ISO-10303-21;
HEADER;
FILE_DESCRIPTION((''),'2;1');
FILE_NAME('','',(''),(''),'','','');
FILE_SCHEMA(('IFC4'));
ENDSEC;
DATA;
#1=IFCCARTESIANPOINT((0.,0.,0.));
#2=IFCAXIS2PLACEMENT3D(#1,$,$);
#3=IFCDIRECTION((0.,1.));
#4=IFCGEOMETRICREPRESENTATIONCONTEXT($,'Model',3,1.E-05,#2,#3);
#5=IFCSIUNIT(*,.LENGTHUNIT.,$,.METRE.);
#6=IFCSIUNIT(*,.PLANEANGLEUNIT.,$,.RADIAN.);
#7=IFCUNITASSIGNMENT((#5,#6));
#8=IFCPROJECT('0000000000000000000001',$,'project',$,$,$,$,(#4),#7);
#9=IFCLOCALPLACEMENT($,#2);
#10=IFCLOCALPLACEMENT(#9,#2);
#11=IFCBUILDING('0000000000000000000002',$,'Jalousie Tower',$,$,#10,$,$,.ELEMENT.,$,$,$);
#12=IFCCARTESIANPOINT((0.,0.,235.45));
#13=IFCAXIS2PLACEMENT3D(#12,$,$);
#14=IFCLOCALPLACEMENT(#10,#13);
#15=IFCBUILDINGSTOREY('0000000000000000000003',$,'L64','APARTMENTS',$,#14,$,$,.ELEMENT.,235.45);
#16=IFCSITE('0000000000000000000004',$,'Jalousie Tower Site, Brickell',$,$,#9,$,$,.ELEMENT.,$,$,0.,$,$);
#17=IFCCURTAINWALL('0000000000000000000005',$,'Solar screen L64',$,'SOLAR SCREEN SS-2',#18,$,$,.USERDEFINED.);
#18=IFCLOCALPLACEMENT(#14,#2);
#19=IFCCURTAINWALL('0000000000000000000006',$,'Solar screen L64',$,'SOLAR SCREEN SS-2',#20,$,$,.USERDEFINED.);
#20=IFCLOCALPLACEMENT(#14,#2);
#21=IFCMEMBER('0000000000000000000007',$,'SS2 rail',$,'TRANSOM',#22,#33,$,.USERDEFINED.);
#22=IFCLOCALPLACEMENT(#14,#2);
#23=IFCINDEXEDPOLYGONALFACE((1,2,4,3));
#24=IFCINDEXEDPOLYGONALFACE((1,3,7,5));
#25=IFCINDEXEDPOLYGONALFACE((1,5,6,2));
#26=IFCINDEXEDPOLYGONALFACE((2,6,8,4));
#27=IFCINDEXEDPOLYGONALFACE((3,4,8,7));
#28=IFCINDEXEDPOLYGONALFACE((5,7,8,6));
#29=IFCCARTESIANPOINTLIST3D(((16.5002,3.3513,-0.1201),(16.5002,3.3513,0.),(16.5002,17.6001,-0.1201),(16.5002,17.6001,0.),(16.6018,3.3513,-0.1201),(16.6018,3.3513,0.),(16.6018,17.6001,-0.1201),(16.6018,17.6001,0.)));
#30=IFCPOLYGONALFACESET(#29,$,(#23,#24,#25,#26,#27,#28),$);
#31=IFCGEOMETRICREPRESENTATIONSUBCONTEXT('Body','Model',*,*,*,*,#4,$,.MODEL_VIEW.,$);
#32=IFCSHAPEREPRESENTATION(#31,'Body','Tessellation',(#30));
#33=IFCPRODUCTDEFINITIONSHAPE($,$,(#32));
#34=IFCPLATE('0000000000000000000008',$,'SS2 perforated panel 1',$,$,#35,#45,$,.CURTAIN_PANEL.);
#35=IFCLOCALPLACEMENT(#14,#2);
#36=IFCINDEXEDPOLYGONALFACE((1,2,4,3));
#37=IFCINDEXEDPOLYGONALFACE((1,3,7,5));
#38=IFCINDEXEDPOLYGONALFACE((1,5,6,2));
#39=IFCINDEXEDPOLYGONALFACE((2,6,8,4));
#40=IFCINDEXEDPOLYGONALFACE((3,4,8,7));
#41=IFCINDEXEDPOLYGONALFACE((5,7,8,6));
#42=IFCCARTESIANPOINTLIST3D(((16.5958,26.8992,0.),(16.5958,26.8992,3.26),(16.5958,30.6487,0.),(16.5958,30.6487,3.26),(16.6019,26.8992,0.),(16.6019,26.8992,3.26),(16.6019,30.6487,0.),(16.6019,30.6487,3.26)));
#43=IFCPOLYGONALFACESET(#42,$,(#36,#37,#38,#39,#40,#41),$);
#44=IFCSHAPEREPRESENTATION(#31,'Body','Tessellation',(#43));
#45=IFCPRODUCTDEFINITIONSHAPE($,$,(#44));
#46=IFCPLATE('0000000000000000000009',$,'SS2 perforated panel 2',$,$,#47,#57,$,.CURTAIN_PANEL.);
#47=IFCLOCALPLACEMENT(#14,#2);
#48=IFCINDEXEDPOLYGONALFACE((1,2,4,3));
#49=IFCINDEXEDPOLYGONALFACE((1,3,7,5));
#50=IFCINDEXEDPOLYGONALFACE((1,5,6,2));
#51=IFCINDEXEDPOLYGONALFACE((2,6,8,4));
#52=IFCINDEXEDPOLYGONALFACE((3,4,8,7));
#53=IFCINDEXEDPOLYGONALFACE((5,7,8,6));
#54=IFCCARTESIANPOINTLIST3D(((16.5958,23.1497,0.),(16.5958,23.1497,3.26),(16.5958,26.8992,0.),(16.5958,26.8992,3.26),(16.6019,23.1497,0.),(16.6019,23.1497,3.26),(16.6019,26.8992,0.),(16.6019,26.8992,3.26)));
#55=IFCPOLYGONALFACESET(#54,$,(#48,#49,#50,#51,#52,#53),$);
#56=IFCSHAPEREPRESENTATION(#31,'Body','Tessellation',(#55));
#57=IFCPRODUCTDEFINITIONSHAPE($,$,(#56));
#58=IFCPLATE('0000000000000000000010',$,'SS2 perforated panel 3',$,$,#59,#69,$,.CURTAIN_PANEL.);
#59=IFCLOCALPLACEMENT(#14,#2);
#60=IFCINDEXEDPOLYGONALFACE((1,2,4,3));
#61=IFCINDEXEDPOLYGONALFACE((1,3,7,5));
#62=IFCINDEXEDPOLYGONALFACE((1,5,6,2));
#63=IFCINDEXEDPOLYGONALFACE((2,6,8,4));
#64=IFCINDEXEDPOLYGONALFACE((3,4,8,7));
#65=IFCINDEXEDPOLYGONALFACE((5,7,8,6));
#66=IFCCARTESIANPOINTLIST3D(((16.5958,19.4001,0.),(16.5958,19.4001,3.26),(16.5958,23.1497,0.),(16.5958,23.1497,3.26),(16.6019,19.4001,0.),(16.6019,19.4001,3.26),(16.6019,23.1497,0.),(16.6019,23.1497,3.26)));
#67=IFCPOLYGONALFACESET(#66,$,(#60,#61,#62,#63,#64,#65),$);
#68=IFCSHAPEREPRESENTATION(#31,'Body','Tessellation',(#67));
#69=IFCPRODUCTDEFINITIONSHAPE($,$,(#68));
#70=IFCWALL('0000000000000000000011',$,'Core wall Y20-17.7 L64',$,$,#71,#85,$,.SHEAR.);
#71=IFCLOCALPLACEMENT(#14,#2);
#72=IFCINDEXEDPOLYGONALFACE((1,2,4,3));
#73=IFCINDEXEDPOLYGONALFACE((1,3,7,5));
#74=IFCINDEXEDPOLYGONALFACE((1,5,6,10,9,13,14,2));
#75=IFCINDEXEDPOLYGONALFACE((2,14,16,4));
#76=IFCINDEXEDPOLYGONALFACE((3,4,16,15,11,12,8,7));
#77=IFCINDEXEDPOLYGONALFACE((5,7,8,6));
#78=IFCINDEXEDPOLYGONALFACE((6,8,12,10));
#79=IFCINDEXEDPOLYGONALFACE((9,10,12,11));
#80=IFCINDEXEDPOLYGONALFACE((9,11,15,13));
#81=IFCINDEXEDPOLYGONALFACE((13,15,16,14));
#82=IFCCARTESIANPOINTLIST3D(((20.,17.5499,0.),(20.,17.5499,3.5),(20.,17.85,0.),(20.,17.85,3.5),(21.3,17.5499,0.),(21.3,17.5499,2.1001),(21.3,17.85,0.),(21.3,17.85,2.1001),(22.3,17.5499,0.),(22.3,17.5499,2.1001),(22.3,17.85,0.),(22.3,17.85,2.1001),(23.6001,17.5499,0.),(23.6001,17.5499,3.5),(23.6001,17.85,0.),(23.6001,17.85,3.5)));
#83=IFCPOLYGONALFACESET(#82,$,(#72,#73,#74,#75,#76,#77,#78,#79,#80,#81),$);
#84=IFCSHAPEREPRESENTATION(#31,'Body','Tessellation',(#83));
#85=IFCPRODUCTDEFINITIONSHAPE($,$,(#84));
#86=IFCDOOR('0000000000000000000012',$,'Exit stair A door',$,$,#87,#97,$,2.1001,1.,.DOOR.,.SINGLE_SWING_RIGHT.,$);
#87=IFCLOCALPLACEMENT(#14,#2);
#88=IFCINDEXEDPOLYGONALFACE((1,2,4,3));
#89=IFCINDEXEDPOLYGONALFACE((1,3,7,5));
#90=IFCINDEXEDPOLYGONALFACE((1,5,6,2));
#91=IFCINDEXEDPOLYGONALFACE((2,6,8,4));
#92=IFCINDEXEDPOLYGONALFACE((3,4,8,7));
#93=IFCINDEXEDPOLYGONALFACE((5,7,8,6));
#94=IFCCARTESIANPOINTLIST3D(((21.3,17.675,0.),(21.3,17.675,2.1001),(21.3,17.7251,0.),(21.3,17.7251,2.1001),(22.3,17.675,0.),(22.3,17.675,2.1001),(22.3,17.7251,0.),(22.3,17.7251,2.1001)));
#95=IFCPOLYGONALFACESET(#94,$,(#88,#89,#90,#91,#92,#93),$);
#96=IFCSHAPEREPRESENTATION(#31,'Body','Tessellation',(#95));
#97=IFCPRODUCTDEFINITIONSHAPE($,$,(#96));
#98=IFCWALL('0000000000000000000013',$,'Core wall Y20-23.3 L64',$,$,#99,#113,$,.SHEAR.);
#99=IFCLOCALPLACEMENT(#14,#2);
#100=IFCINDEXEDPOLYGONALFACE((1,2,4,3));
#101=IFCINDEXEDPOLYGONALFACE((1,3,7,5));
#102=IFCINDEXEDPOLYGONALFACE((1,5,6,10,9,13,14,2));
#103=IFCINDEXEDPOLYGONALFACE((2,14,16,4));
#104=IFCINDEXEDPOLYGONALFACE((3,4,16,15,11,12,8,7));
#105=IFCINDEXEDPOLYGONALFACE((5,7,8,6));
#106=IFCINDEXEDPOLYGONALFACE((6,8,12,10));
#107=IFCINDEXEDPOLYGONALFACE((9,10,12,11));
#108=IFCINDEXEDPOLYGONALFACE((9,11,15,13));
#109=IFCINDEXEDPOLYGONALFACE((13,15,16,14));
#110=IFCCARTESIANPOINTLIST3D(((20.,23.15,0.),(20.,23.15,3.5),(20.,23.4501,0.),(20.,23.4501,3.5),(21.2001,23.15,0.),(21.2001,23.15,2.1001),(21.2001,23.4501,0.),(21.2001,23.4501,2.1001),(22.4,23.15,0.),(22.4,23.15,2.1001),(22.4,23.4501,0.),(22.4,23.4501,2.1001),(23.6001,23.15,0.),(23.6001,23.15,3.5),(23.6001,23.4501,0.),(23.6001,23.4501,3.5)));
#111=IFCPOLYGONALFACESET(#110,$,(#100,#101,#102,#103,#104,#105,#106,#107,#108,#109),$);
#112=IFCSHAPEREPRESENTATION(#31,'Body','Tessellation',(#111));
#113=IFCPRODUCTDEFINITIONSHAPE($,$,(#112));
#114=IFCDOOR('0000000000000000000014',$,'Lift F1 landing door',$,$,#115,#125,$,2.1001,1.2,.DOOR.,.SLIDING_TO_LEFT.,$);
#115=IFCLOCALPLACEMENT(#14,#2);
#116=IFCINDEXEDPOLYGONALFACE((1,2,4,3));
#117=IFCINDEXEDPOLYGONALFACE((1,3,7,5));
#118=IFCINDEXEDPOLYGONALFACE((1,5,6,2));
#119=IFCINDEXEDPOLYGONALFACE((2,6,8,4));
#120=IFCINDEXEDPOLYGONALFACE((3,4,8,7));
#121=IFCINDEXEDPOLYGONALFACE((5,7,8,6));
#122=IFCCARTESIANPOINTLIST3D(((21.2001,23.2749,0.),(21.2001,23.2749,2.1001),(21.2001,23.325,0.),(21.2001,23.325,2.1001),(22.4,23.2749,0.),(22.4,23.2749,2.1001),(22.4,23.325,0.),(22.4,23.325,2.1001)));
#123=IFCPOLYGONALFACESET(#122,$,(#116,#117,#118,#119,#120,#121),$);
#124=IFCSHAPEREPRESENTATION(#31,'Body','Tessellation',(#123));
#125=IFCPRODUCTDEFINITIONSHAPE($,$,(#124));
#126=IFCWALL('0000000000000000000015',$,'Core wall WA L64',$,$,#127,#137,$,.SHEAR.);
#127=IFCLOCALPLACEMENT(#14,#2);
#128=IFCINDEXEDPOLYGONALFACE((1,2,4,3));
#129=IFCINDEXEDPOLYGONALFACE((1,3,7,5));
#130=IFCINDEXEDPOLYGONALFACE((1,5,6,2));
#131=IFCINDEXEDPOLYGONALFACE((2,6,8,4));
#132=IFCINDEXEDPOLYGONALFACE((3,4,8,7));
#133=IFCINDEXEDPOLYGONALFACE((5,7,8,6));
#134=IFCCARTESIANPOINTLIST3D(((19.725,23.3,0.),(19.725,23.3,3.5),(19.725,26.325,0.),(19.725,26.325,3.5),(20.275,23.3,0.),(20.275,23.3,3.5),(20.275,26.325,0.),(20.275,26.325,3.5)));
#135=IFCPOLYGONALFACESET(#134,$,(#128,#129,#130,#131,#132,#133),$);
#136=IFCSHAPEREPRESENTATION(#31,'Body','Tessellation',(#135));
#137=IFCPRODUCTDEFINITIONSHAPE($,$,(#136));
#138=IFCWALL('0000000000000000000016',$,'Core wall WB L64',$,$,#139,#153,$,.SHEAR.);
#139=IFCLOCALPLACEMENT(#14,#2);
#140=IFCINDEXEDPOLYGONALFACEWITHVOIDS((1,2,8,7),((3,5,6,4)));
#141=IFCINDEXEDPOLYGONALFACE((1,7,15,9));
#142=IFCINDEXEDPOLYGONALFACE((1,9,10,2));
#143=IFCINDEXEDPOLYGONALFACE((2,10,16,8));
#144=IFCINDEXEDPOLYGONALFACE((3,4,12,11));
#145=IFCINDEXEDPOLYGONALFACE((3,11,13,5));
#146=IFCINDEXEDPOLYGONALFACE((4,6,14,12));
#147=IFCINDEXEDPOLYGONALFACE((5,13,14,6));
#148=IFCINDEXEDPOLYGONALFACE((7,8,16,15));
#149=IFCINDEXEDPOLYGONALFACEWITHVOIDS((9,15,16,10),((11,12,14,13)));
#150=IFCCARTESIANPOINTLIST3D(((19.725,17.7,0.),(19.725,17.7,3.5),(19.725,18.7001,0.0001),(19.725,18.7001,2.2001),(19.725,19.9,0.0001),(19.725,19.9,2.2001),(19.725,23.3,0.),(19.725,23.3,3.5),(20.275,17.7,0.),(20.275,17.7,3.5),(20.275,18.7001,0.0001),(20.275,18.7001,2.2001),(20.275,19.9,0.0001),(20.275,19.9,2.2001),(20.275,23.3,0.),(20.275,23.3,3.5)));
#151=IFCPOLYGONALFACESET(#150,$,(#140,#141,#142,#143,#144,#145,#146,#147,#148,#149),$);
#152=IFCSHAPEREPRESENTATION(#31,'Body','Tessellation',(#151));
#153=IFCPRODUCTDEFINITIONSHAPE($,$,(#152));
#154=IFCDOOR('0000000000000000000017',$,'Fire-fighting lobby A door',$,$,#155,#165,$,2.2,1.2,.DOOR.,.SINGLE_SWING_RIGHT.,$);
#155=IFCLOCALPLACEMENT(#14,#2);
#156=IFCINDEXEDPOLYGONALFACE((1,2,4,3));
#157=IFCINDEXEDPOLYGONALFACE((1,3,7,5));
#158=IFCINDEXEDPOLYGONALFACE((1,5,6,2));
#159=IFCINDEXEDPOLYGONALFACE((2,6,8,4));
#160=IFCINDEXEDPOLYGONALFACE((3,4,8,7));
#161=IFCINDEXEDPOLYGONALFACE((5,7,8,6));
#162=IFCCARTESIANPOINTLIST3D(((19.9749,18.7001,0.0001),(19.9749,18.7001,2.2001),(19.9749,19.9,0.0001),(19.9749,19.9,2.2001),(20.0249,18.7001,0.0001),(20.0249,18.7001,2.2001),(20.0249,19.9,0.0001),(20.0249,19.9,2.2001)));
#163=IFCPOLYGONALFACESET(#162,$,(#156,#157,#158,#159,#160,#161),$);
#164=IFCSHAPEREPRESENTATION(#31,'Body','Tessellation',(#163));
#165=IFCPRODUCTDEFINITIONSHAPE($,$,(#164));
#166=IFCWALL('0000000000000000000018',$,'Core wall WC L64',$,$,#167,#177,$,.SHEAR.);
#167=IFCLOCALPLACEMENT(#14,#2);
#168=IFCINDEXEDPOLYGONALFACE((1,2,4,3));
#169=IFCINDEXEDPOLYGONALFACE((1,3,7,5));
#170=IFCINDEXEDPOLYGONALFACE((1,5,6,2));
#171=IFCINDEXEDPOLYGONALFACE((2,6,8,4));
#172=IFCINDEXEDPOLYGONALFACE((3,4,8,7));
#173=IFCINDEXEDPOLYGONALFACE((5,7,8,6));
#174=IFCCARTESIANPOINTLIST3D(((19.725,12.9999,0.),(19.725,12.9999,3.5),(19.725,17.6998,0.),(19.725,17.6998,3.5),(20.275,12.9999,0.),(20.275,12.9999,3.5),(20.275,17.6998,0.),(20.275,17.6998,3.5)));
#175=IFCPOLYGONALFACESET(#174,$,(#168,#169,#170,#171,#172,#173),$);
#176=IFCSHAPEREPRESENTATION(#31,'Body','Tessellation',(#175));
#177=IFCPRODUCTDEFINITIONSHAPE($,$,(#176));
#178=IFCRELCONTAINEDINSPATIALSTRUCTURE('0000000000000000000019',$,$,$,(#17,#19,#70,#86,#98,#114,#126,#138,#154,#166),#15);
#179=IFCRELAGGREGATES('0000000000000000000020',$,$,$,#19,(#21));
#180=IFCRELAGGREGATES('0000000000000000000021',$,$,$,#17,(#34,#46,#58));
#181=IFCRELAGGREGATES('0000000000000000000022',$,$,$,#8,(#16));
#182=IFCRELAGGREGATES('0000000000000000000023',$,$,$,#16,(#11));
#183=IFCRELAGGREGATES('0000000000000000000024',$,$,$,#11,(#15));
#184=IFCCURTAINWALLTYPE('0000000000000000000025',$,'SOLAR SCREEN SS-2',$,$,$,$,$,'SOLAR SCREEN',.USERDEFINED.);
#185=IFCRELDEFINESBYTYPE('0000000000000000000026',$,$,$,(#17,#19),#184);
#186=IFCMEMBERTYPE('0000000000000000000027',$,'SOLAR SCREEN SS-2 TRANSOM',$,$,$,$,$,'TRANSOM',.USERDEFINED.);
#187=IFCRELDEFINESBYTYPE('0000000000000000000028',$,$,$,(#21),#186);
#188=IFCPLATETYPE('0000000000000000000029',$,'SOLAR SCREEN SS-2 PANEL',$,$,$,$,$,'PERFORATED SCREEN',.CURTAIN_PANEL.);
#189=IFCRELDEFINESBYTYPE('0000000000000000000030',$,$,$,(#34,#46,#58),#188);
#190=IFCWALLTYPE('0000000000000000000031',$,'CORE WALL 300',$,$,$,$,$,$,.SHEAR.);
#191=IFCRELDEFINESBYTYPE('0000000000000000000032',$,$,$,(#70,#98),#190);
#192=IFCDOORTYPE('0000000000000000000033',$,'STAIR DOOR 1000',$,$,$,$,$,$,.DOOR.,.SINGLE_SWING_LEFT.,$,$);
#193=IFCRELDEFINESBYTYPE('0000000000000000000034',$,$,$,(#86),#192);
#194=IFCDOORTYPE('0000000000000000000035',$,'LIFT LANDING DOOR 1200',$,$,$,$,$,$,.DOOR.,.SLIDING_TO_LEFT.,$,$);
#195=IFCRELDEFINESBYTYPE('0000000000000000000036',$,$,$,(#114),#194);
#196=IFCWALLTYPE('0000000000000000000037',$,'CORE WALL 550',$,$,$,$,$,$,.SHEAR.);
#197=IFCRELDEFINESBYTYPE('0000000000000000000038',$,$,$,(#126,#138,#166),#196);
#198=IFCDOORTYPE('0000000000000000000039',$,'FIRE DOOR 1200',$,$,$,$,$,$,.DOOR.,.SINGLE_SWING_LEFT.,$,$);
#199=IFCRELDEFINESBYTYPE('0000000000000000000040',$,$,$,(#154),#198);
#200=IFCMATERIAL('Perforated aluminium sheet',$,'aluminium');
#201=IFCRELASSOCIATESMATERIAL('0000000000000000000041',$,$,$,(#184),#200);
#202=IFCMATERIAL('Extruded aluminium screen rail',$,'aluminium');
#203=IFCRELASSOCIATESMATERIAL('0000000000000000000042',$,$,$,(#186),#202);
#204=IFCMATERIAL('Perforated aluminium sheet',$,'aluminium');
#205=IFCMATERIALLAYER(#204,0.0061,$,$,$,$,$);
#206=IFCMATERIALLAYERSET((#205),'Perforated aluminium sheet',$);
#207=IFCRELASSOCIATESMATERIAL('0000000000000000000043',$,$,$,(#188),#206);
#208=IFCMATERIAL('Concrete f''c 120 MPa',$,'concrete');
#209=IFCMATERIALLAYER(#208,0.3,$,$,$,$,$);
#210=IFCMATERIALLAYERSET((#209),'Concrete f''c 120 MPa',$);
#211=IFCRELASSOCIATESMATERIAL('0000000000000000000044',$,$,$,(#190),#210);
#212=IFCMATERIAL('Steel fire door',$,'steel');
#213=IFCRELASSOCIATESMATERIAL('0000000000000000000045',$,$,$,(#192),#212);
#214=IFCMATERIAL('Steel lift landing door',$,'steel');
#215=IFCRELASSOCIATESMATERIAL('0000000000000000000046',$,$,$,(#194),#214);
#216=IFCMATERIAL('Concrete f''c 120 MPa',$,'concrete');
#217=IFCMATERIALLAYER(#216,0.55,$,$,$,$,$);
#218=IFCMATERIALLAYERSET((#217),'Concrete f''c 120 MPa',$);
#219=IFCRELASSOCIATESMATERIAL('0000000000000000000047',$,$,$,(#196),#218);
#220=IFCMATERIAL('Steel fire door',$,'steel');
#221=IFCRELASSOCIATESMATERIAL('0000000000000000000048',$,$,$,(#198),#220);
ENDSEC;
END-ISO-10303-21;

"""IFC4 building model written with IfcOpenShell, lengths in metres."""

from ifc_helpers import new_model, si_unit, direction, frame, frame_2d, origin, origin_2d, place, context, subcontext, project, spatial, rectangle, extrude, material, layer, layer_set, material_profile, profile_set, type_object, element, fill, aggregate, save


model = new_model("IFC4")

# Units and contexts
model_context = context("Model", 3, precision=1e-05, world=origin(), true_north=direction((0.0, 1.0)))
body_context = subcontext(model_context, "Body", "Model", "MODEL_VIEW")
ifc_project = project(units=[si_unit("LENGTHUNIT", "METRE"), si_unit("PLANEANGLEUNIT", "RADIAN")], contexts=[model_context])

# Site, building, storey
site_placement = place(None, origin())
site = spatial("IfcSite", under=ifc_project, at=site_placement, Name="Jalousie Tower Site, Brickell", CompositionType="ELEMENT", RefElevation=0.0)
building_placement = place(site_placement, origin())
building = spatial("IfcBuilding", under=site, at=building_placement, Name="Jalousie Tower", CompositionType="ELEMENT")
storey_placement = place(building_placement, frame((0.0, 0.0, 235.45)))
storey = spatial("IfcBuildingStorey", under=building, at=storey_placement, Name="L64", Description="APARTMENTS", CompositionType="ELEMENT", Elevation=235.45)

# Curtain walls, member
ifc_material_1 = material(Name="Perforated aluminium sheet", Category="aluminium")
curtain_wall_type = type_object("IfcCurtainWallType", Name="SOLAR SCREEN SS-2", ElementType="SOLAR SCREEN", PredefinedType="USERDEFINED", material=ifc_material_1)
curtain_wall_1_placement = place(storey_placement, origin())
curtain_wall_1 = element("IfcCurtainWall", 1, at=curtain_wall_1_placement, inside=storey, type_object=curtain_wall_type, Name="Solar screen L64", ObjectType="SOLAR SCREEN SS-2", PredefinedType="USERDEFINED")
curtain_wall_2_placement = place(storey_placement, origin())
curtain_wall_2 = element("IfcCurtainWall", 2, at=curtain_wall_2_placement, inside=storey, type_object=curtain_wall_type, Name="Solar screen L64", ObjectType="SOLAR SCREEN SS-2", PredefinedType="USERDEFINED")
ifc_material_2 = material(Name="Extruded aluminium screen rail", Category="aluminium")
ifc_material_profile_1 = material_profile(ifc_material_2, rectangle(XDim=0.1016, YDim=0.1201, at=origin_2d()), Name="RAIL 102x120")
ifc_profile_set_1 = profile_set([ifc_material_profile_1], Name="Extruded aluminium screen rail")
member_type_1 = type_object("IfcMemberType", Name="SOLAR SCREEN SS-2 TRANSOM", ElementType="TRANSOM", PredefinedType="USERDEFINED", material=ifc_profile_set_1)
member_1_placement = place(storey_placement, frame((16.551, 17.6001, -0.0601), z_axis=(0.0, -1.0, 0.0), x_axis=(1.0, 0.0, 0.0)))
member_1 = element("IfcMember", 3, at=member_1_placement, type_object=member_type_1, Name="SS2 rail", ObjectType="TRANSOM", PredefinedType="USERDEFINED", context=body_context, shape_type="SweptSolid", body=[
    extrude(rectangle(XDim=0.1016, YDim=0.1201, at=origin_2d()), origin(), (0.0, 0.0, 1.0), 14.2488),
])
aggregate(curtain_wall_2, [member_1])

# Plates
ifc_material_3 = material(Name="Perforated aluminium sheet", Category="aluminium")
ifc_layer_1 = layer(ifc_material_3, 0.0061)
ifc_layer_set_1 = layer_set([ifc_layer_1], Name="Perforated aluminium sheet")
plate_type = type_object("IfcPlateType", Name="SOLAR SCREEN SS-2 PANEL", ElementType="PERFORATED SCREEN", PredefinedType="CURTAIN_PANEL", material=ifc_layer_set_1)
plate_1_placement = place(storey_placement, frame((16.5989, 28.7739, 0.0), z_axis=(0.0, 0.0, 1.0), x_axis=(0.0, -1.0, 0.0)))
plate_1 = element("IfcPlate", 4, at=plate_1_placement, type_object=plate_type, Name="SS2 perforated panel 1", PredefinedType="CURTAIN_PANEL", context=body_context, shape_type="SweptSolid", body=[
    extrude(rectangle(XDim=3.7495, YDim=0.0061, at=origin_2d()), origin(), (0.0, 0.0, 1.0), 3.26),
])
plate_2_placement = place(storey_placement, frame((16.5989, 25.0244, 0.0), z_axis=(0.0, 0.0, 1.0), x_axis=(0.0, -1.0, 0.0)))
plate_2 = element("IfcPlate", 5, at=plate_2_placement, type_object=plate_type, Name="SS2 perforated panel 2", PredefinedType="CURTAIN_PANEL", context=body_context, shape_type="SweptSolid", body=[
    extrude(rectangle(XDim=3.7495, YDim=0.0061, at=origin_2d()), origin(), (0.0, 0.0, 1.0), 3.26),
])
plate_3_placement = place(storey_placement, frame((16.5989, 21.2749, 0.0), z_axis=(0.0, 0.0, 1.0), x_axis=(0.0, -1.0, 0.0)))
plate_3 = element("IfcPlate", 6, at=plate_3_placement, type_object=plate_type, Name="SS2 perforated panel 3", PredefinedType="CURTAIN_PANEL", context=body_context, shape_type="SweptSolid", body=[
    extrude(rectangle(XDim=3.7495, YDim=0.0061, at=origin_2d()), origin(), (0.0, 0.0, 1.0), 3.26),
])
aggregate(curtain_wall_1, [plate_1, plate_2, plate_3])

# Walls, openings, doors
ifc_material_4 = material(Name="Concrete f'c 120 MPa", Category="concrete")
ifc_layer_2 = layer(ifc_material_4, 0.3)
ifc_layer_set_2 = layer_set([ifc_layer_2], Name="Concrete f'c 120 MPa")
wall_type_1 = type_object("IfcWallType", Name="CORE WALL 300", PredefinedType="SHEAR", material=ifc_layer_set_2)
wall_1_placement = place(storey_placement, frame((20.0, 17.7, 0.0), z_axis=(0.0, 0.0, 1.0), x_axis=(1.0, 0.0, 0.0)))
wall_1 = element("IfcWall", 7, at=wall_1_placement, inside=storey, type_object=wall_type_1, Name="Core wall Y20-17.7 L64", PredefinedType="SHEAR", context=body_context, shape_type="SweptSolid", body=[
    extrude(rectangle(XDim=3.6001, YDim=0.3, at=frame_2d((1.8, 0.0))), origin(), (0.0, 0.0, 1.0), 3.5),
])
opening_1_placement = place(wall_1_placement, frame((1.3, 0.0, 0.0)))
opening_1 = element("IfcOpeningElement", 8, at=opening_1_placement, cuts=wall_1, PredefinedType="OPENING", context=body_context, shape_type="SweptSolid", body=[
    extrude(rectangle(XDim=1.0, YDim=2.1001, at=frame_2d((0.5, 1.05))), frame((0.0, 0.1599, 0.0), z_axis=(0.0, -1.0, 0.0), x_axis=(1.0, 0.0, 0.0)), (0.0, 0.0, 1.0), 0.3201),
])
ifc_material_5 = material(Name="Steel fire door", Category="steel")
door_type_1 = type_object("IfcDoorType", Name="STAIR DOOR 1000", OperationType="SINGLE_SWING_LEFT", PredefinedType="DOOR", material=ifc_material_5)
door_1_placement = place(opening_1_placement, frame((1.0, 0.0, 0.0), z_axis=(0.0, 0.0, 1.0), x_axis=(-1.0, 0.0, 0.0)))
door_1 = element("IfcDoor", 9, at=door_1_placement, inside=storey, type_object=door_type_1, Name="Exit stair A door", OperationType="SINGLE_SWING_RIGHT", OverallHeight=2.1001, OverallWidth=1.0, PredefinedType="DOOR", context=body_context, shape_type="SweptSolid", body=[
    extrude(rectangle(XDim=1.0, YDim=2.1001, at=frame_2d((0.5, 1.05))), frame((0.0, 0.0249, 0.0), z_axis=(0.0, -1.0, 0.0), x_axis=(1.0, 0.0, 0.0)), (0.0, 0.0, 1.0), 0.05),
])
fill(opening_1, door_1)
wall_2_placement = place(storey_placement, frame((20.0, 23.3, 0.0), z_axis=(0.0, 0.0, 1.0), x_axis=(1.0, 0.0, 0.0)))
wall_2 = element("IfcWall", 10, at=wall_2_placement, inside=storey, type_object=wall_type_1, Name="Core wall Y20-23.3 L64", PredefinedType="SHEAR", context=body_context, shape_type="SweptSolid", body=[
    extrude(rectangle(XDim=3.6001, YDim=0.3, at=frame_2d((1.8, 0.0))), origin(), (0.0, 0.0, 1.0), 3.5),
])
opening_2_placement = place(wall_2_placement, frame((1.2, 0.0, 0.0)))
opening_2 = element("IfcOpeningElement", 11, at=opening_2_placement, cuts=wall_2, PredefinedType="OPENING", context=body_context, shape_type="SweptSolid", body=[
    extrude(rectangle(XDim=1.2, YDim=2.1001, at=frame_2d((0.6001, 1.05))), frame((0.0, 0.1599, 0.0), z_axis=(0.0, -1.0, 0.0), x_axis=(1.0, 0.0, 0.0)), (0.0, 0.0, 1.0), 0.3201),
])
ifc_material_6 = material(Name="Steel lift landing door", Category="steel")
door_type_2 = type_object("IfcDoorType", Name="LIFT LANDING DOOR 1200", OperationType="SLIDING_TO_LEFT", PredefinedType="DOOR", material=ifc_material_6)
door_2_placement = place(opening_2_placement, origin())
door_2 = element("IfcDoor", 12, at=door_2_placement, inside=storey, type_object=door_type_2, Name="Lift F1 landing door", OperationType="SLIDING_TO_LEFT", OverallHeight=2.1001, OverallWidth=1.2, PredefinedType="DOOR", context=body_context, shape_type="SweptSolid", body=[
    extrude(rectangle(XDim=1.2, YDim=2.1001, at=frame_2d((0.6001, 1.05))), frame((0.0, 0.0249, 0.0), z_axis=(0.0, -1.0, 0.0), x_axis=(1.0, 0.0, 0.0)), (0.0, 0.0, 1.0), 0.05),
])
fill(opening_2, door_2)

# Wall
ifc_material_7 = material(Name="Concrete f'c 120 MPa", Category="concrete")
ifc_layer_3 = layer(ifc_material_7, 0.55)
ifc_layer_set_3 = layer_set([ifc_layer_3], Name="Concrete f'c 120 MPa")
wall_type_2 = type_object("IfcWallType", Name="CORE WALL 550", PredefinedType="SHEAR", material=ifc_layer_set_3)
wall_3_placement = place(storey_placement, frame((20.0, 26.325, 0.0), z_axis=(0.0, 0.0, 1.0), x_axis=(0.0, -1.0, 0.0)))
element("IfcWall", 13, at=wall_3_placement, inside=storey, type_object=wall_type_2, Name="Core wall WA L64", PredefinedType="SHEAR", context=body_context, shape_type="SweptSolid", body=[
    extrude(rectangle(XDim=3.0249, YDim=0.55, at=frame_2d((1.5125, 0.0))), origin(), (0.0, 0.0, 1.0), 3.5),
])

# Wall, opening, door
wall_4_placement = place(storey_placement, frame((20.0, 23.3, 0.0), z_axis=(0.0, 0.0, 1.0), x_axis=(0.0, -1.0, 0.0)))
wall_4 = element("IfcWall", 14, at=wall_4_placement, inside=storey, type_object=wall_type_2, Name="Core wall WB L64", PredefinedType="SHEAR", context=body_context, shape_type="SweptSolid", body=[
    extrude(rectangle(XDim=5.6001, YDim=0.55, at=frame_2d((2.8, 0.0))), origin(), (0.0, 0.0, 1.0), 3.5),
])
opening_3_placement = place(wall_4_placement, frame((3.3999, 0.0, 0.0)))
opening_3 = element("IfcOpeningElement", 15, at=opening_3_placement, cuts=wall_4, PredefinedType="OPENING", context=body_context, shape_type="SweptSolid", body=[
    extrude(rectangle(XDim=1.2, YDim=2.2, at=frame_2d((0.6001, 1.1001))), frame((0.0, 0.2849, 0.0), z_axis=(0.0, -1.0, 0.0), x_axis=(1.0, 0.0, 0.0)), (0.0, 0.0, 1.0), 0.5701),
])
ifc_material_8 = material(Name="Steel fire door", Category="steel")
door_type_3 = type_object("IfcDoorType", Name="FIRE DOOR 1200", OperationType="SINGLE_SWING_LEFT", PredefinedType="DOOR", material=ifc_material_8)
door_3_placement = place(opening_3_placement, origin())
door_3 = element("IfcDoor", 16, at=door_3_placement, inside=storey, type_object=door_type_3, Name="Fire-fighting lobby A door", OperationType="SINGLE_SWING_RIGHT", OverallHeight=2.2, OverallWidth=1.2, PredefinedType="DOOR", context=body_context, shape_type="SweptSolid", body=[
    extrude(rectangle(XDim=1.2, YDim=2.2, at=frame_2d((0.6001, 1.1001))), frame((0.0, 0.0249, 0.0), z_axis=(0.0, -1.0, 0.0), x_axis=(1.0, 0.0, 0.0)), (0.0, 0.0, 1.0), 0.05),
])
fill(opening_3, door_3)

# Wall
wall_5_placement = place(storey_placement, frame((20.0, 17.7, 0.0), z_axis=(0.0, 0.0, 1.0), x_axis=(0.0, -1.0, 0.0)))
element("IfcWall", 17, at=wall_5_placement, inside=storey, type_object=wall_type_2, Name="Core wall WC L64", PredefinedType="SHEAR", context=body_context, shape_type="SweptSolid", body=[
    extrude(rectangle(XDim=4.7, YDim=0.55, at=frame_2d((2.3501, 0.0))), origin(), (0.0, 0.0, 1.0), 3.5),
])

save(model, "model.ifc")
